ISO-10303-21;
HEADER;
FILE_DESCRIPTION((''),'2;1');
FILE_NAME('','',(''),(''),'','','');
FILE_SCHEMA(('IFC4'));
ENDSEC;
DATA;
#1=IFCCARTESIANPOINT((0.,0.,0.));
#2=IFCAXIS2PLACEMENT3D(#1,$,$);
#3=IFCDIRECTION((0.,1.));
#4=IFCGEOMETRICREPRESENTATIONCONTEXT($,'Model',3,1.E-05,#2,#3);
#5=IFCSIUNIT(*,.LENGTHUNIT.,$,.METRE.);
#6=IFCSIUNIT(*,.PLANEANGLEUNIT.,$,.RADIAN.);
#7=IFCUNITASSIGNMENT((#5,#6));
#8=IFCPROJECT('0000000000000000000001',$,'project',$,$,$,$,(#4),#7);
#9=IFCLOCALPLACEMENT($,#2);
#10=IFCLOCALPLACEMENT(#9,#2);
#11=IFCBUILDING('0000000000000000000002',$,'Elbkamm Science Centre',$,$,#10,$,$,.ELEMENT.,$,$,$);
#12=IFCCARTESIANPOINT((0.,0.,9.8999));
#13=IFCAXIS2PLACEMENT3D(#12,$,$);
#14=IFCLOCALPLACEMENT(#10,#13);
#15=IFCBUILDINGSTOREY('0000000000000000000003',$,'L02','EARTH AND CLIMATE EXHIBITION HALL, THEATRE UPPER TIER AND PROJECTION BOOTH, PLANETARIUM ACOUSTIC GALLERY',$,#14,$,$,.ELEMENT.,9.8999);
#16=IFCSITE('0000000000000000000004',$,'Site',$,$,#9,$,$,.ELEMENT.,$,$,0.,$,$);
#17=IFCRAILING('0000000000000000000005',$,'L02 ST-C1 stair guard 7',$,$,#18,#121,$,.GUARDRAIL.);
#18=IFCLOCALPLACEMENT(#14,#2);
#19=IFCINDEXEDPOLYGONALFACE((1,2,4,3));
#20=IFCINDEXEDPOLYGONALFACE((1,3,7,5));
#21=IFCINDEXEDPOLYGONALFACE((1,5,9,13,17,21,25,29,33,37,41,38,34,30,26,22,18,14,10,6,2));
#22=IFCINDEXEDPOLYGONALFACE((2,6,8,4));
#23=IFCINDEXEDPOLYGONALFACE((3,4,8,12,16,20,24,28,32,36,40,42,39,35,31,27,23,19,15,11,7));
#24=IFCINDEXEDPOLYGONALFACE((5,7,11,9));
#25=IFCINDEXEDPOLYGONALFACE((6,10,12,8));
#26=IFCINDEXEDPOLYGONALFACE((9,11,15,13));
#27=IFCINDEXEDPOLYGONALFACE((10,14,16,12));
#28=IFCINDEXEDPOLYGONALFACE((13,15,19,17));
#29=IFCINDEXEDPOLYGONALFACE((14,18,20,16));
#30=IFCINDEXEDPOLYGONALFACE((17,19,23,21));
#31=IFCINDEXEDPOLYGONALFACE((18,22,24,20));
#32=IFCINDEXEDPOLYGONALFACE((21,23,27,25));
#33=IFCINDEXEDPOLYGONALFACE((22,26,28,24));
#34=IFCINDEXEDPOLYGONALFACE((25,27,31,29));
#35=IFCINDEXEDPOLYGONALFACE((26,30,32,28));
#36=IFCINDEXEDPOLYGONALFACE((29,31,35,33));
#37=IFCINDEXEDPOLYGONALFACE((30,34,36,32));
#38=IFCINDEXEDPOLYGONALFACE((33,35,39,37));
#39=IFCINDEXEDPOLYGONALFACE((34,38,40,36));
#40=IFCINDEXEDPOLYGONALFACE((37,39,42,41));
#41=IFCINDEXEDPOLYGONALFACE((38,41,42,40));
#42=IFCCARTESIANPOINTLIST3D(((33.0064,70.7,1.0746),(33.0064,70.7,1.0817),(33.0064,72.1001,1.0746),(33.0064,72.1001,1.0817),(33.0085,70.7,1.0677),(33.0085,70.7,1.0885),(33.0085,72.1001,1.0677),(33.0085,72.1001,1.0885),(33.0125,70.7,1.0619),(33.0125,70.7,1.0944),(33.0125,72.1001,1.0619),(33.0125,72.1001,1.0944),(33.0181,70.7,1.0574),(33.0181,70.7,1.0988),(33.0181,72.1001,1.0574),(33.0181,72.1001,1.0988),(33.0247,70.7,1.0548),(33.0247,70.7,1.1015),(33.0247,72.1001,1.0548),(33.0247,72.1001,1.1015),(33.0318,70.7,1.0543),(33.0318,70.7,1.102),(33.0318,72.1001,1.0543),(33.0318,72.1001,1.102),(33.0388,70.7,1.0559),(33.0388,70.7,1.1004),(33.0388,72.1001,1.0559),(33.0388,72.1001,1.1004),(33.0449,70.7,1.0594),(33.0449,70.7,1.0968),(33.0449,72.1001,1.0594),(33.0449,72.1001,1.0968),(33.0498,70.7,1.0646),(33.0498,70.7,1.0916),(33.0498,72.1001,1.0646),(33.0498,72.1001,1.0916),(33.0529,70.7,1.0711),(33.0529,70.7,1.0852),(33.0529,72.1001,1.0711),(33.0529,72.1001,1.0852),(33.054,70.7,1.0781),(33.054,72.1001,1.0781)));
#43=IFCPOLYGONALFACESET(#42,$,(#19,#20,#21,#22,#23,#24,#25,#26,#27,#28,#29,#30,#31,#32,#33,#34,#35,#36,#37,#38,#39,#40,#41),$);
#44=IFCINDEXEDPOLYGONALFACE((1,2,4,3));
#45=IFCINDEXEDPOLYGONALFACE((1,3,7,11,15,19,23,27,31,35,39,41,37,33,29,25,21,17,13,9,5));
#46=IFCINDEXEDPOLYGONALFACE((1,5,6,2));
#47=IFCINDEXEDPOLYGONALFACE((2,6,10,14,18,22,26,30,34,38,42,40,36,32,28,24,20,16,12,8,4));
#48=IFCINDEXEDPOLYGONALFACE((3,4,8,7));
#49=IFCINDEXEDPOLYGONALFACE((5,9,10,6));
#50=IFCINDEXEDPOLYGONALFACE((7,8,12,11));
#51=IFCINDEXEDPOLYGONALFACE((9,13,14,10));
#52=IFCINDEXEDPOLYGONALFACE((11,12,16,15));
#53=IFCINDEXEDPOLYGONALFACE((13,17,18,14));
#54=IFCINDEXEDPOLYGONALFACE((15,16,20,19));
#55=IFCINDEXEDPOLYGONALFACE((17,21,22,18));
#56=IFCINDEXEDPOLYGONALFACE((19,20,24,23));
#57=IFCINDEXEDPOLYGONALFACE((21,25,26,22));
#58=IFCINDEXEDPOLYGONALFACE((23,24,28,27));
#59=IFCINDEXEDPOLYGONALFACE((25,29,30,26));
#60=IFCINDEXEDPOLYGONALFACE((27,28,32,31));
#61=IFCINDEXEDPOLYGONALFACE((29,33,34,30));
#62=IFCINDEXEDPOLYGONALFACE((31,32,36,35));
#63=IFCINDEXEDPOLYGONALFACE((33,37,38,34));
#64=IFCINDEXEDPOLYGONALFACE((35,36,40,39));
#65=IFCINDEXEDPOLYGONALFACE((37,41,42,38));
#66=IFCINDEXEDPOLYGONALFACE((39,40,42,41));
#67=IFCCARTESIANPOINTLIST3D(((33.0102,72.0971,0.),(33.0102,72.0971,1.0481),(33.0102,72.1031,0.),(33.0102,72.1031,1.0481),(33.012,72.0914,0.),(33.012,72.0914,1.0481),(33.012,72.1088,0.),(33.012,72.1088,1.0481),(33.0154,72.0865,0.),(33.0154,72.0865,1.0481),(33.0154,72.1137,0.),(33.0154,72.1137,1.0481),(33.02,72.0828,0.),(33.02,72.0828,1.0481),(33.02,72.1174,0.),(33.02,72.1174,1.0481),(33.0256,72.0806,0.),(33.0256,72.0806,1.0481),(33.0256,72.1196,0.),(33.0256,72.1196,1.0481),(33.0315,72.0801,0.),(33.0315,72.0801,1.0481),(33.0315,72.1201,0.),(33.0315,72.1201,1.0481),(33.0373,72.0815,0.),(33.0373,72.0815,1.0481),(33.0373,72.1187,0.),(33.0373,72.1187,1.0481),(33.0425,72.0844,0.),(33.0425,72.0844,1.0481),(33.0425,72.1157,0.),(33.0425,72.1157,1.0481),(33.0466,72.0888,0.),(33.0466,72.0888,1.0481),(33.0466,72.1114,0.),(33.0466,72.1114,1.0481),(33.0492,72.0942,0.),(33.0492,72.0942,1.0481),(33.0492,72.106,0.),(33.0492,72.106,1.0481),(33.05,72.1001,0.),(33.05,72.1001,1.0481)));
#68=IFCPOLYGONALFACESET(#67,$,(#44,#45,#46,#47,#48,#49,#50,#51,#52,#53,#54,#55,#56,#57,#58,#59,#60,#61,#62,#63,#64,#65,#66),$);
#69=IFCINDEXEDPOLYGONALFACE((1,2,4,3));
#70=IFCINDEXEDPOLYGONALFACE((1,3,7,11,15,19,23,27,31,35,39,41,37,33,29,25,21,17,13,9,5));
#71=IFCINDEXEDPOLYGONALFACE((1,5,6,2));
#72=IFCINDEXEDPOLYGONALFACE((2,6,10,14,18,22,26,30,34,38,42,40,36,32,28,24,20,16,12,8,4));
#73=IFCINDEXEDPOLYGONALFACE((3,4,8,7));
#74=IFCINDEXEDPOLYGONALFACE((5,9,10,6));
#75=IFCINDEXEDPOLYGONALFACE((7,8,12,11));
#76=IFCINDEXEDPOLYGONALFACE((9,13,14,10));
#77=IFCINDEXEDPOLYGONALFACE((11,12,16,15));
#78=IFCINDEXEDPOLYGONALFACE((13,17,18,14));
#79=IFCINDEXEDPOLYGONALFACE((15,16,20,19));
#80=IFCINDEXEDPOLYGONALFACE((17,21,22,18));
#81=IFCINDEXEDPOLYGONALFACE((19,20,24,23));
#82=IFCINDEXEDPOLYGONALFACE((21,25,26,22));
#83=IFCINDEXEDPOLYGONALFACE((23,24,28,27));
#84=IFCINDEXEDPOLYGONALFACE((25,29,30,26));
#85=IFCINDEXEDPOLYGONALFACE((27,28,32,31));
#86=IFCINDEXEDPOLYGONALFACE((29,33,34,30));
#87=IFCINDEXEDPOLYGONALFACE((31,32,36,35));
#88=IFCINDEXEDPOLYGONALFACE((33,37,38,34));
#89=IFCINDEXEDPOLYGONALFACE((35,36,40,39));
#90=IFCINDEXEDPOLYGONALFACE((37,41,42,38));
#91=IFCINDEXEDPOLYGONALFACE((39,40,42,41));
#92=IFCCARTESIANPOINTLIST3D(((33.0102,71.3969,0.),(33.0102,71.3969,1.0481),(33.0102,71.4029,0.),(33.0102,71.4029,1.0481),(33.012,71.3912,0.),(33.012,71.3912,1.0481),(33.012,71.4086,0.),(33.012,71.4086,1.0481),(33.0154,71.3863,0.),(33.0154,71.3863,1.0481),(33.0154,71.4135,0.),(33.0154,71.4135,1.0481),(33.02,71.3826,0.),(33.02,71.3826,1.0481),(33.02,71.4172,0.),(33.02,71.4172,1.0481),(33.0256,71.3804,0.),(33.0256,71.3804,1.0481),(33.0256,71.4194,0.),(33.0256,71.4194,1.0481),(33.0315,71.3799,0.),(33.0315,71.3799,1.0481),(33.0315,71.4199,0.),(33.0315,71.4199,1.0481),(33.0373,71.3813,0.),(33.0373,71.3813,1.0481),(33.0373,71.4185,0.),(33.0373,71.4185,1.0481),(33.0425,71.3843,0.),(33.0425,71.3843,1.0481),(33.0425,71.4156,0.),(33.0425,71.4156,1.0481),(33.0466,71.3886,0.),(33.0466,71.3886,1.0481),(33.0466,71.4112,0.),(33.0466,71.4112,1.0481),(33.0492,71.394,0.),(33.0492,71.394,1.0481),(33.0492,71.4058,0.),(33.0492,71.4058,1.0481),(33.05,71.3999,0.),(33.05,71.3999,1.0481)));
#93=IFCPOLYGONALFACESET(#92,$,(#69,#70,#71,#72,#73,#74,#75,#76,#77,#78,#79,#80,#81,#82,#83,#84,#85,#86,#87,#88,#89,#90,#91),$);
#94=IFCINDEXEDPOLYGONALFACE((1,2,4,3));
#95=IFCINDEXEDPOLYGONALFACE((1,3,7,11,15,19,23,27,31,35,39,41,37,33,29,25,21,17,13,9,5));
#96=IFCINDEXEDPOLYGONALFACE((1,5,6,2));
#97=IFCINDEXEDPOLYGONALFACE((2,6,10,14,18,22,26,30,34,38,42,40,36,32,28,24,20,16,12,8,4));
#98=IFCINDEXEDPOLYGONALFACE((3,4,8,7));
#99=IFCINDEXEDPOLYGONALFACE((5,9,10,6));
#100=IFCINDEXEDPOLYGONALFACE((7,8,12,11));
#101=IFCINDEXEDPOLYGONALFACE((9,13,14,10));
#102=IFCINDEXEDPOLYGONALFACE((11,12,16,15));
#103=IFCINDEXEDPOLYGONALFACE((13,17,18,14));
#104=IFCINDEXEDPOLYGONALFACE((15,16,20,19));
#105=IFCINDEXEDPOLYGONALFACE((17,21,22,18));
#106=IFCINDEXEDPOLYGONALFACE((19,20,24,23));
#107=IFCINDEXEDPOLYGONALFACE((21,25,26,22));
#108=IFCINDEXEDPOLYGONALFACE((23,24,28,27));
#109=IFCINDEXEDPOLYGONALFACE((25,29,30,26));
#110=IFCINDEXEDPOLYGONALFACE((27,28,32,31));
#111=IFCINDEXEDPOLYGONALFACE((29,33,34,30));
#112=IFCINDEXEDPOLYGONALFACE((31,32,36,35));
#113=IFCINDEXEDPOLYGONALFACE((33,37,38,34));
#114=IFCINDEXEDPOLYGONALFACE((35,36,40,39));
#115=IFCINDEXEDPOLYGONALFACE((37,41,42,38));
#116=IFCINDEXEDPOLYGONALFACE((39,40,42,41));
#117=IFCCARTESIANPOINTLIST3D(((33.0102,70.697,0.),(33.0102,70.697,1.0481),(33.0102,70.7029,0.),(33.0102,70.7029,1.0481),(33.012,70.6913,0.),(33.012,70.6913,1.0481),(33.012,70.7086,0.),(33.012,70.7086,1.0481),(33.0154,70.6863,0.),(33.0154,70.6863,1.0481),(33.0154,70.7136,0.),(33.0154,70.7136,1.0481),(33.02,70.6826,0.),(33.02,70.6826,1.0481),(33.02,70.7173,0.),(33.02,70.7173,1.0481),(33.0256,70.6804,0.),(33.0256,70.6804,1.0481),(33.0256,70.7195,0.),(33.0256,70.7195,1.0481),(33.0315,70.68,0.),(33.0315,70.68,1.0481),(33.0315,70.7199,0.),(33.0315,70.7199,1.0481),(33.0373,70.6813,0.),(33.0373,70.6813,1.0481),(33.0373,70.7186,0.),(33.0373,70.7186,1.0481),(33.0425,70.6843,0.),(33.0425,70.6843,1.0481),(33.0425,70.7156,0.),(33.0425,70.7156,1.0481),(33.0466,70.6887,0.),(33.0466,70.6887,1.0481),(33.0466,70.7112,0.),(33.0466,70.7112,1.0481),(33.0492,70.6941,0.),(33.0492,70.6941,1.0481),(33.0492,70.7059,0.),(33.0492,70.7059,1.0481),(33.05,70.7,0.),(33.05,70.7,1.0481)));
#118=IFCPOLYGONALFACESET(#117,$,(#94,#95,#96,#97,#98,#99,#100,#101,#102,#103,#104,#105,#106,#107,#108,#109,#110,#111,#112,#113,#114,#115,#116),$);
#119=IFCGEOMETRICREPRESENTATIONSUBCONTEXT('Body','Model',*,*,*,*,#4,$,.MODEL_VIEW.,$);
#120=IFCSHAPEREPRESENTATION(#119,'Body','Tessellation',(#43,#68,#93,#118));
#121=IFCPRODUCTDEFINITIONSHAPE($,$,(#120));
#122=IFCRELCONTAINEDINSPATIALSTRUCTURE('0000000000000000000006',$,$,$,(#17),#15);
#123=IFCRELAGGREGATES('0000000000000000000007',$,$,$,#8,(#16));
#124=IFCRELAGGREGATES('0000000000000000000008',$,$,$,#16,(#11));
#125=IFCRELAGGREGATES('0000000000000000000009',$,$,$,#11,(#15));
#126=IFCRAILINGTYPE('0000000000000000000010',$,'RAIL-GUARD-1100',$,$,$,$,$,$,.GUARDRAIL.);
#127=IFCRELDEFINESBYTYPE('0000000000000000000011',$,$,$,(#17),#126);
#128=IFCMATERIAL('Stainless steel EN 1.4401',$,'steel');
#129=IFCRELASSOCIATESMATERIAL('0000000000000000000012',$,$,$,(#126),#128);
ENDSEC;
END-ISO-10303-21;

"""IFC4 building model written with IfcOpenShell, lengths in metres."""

from ifc_helpers import new_model, si_unit, direction, frame, origin, origin_2d, place, context, subcontext, project, spatial, circle, extrude, material, type_object, element, save


model = new_model("IFC4")

# Units and contexts
model_context = context("Model", 3, precision=1e-05, world=origin(), true_north=direction((0.0, 1.0)))
body_context = subcontext(model_context, "Body", "Model", "MODEL_VIEW")
ifc_project = project(units=[si_unit("LENGTHUNIT", "METRE"), si_unit("PLANEANGLEUNIT", "RADIAN")], contexts=[model_context])

# Site, building, storey
site_placement = place(None, origin())
site = spatial("IfcSite", under=ifc_project, at=site_placement, Name="Site", CompositionType="ELEMENT", RefElevation=0.0)
building_placement = place(site_placement, origin())
building = spatial("IfcBuilding", under=site, at=building_placement, Name="Elbkamm Science Centre", CompositionType="ELEMENT")
storey_placement = place(building_placement, frame((0.0, 0.0, 9.8999)))
storey = spatial("IfcBuildingStorey", under=building, at=storey_placement, Name="L02", Description="EARTH AND CLIMATE EXHIBITION HALL, THEATRE UPPER TIER AND PROJECTION BOOTH, PLANETARIUM ACOUSTIC GALLERY", CompositionType="ELEMENT", Elevation=9.8999)

# Railing
ifc_material_1 = material(Name="Stainless steel EN 1.4401", Category="steel")
railing_type_1 = type_object("IfcRailingType", Name="RAIL-GUARD-1100", PredefinedType="GUARDRAIL", material=ifc_material_1)
railing_1_placement = place(storey_placement, frame((33.03, 72.1001, 0.0)))
element("IfcRailing", 1, at=railing_1_placement, inside=storey, type_object=railing_type_1, Name="L02 ST-C1 stair guard 7", PredefinedType="GUARDRAIL", context=body_context, shape_type="SweptSolid", body=[
    extrude(circle(Radius=0.0239, at=origin_2d()), frame((0.0, 0.0, 1.0781), z_axis=(0.0, -1.0, 0.0), x_axis=(1.0, 0.0, 0.0)), (0.0, 0.0, 1.0), 1.4001),
    extrude(circle(Radius=0.02, at=origin_2d()), origin(), (0.0, 0.0, 1.0), 1.0481),
    extrude(circle(Radius=0.02, at=origin_2d()), frame((0.0, -0.7002, 0.0)), (0.0, 0.0, 1.0), 1.0481),
    extrude(circle(Radius=0.02, at=origin_2d()), frame((0.0, -1.4001, 0.0)), (0.0, 0.0, 1.0), 1.0481),
])

save(model, "model.ifc")
